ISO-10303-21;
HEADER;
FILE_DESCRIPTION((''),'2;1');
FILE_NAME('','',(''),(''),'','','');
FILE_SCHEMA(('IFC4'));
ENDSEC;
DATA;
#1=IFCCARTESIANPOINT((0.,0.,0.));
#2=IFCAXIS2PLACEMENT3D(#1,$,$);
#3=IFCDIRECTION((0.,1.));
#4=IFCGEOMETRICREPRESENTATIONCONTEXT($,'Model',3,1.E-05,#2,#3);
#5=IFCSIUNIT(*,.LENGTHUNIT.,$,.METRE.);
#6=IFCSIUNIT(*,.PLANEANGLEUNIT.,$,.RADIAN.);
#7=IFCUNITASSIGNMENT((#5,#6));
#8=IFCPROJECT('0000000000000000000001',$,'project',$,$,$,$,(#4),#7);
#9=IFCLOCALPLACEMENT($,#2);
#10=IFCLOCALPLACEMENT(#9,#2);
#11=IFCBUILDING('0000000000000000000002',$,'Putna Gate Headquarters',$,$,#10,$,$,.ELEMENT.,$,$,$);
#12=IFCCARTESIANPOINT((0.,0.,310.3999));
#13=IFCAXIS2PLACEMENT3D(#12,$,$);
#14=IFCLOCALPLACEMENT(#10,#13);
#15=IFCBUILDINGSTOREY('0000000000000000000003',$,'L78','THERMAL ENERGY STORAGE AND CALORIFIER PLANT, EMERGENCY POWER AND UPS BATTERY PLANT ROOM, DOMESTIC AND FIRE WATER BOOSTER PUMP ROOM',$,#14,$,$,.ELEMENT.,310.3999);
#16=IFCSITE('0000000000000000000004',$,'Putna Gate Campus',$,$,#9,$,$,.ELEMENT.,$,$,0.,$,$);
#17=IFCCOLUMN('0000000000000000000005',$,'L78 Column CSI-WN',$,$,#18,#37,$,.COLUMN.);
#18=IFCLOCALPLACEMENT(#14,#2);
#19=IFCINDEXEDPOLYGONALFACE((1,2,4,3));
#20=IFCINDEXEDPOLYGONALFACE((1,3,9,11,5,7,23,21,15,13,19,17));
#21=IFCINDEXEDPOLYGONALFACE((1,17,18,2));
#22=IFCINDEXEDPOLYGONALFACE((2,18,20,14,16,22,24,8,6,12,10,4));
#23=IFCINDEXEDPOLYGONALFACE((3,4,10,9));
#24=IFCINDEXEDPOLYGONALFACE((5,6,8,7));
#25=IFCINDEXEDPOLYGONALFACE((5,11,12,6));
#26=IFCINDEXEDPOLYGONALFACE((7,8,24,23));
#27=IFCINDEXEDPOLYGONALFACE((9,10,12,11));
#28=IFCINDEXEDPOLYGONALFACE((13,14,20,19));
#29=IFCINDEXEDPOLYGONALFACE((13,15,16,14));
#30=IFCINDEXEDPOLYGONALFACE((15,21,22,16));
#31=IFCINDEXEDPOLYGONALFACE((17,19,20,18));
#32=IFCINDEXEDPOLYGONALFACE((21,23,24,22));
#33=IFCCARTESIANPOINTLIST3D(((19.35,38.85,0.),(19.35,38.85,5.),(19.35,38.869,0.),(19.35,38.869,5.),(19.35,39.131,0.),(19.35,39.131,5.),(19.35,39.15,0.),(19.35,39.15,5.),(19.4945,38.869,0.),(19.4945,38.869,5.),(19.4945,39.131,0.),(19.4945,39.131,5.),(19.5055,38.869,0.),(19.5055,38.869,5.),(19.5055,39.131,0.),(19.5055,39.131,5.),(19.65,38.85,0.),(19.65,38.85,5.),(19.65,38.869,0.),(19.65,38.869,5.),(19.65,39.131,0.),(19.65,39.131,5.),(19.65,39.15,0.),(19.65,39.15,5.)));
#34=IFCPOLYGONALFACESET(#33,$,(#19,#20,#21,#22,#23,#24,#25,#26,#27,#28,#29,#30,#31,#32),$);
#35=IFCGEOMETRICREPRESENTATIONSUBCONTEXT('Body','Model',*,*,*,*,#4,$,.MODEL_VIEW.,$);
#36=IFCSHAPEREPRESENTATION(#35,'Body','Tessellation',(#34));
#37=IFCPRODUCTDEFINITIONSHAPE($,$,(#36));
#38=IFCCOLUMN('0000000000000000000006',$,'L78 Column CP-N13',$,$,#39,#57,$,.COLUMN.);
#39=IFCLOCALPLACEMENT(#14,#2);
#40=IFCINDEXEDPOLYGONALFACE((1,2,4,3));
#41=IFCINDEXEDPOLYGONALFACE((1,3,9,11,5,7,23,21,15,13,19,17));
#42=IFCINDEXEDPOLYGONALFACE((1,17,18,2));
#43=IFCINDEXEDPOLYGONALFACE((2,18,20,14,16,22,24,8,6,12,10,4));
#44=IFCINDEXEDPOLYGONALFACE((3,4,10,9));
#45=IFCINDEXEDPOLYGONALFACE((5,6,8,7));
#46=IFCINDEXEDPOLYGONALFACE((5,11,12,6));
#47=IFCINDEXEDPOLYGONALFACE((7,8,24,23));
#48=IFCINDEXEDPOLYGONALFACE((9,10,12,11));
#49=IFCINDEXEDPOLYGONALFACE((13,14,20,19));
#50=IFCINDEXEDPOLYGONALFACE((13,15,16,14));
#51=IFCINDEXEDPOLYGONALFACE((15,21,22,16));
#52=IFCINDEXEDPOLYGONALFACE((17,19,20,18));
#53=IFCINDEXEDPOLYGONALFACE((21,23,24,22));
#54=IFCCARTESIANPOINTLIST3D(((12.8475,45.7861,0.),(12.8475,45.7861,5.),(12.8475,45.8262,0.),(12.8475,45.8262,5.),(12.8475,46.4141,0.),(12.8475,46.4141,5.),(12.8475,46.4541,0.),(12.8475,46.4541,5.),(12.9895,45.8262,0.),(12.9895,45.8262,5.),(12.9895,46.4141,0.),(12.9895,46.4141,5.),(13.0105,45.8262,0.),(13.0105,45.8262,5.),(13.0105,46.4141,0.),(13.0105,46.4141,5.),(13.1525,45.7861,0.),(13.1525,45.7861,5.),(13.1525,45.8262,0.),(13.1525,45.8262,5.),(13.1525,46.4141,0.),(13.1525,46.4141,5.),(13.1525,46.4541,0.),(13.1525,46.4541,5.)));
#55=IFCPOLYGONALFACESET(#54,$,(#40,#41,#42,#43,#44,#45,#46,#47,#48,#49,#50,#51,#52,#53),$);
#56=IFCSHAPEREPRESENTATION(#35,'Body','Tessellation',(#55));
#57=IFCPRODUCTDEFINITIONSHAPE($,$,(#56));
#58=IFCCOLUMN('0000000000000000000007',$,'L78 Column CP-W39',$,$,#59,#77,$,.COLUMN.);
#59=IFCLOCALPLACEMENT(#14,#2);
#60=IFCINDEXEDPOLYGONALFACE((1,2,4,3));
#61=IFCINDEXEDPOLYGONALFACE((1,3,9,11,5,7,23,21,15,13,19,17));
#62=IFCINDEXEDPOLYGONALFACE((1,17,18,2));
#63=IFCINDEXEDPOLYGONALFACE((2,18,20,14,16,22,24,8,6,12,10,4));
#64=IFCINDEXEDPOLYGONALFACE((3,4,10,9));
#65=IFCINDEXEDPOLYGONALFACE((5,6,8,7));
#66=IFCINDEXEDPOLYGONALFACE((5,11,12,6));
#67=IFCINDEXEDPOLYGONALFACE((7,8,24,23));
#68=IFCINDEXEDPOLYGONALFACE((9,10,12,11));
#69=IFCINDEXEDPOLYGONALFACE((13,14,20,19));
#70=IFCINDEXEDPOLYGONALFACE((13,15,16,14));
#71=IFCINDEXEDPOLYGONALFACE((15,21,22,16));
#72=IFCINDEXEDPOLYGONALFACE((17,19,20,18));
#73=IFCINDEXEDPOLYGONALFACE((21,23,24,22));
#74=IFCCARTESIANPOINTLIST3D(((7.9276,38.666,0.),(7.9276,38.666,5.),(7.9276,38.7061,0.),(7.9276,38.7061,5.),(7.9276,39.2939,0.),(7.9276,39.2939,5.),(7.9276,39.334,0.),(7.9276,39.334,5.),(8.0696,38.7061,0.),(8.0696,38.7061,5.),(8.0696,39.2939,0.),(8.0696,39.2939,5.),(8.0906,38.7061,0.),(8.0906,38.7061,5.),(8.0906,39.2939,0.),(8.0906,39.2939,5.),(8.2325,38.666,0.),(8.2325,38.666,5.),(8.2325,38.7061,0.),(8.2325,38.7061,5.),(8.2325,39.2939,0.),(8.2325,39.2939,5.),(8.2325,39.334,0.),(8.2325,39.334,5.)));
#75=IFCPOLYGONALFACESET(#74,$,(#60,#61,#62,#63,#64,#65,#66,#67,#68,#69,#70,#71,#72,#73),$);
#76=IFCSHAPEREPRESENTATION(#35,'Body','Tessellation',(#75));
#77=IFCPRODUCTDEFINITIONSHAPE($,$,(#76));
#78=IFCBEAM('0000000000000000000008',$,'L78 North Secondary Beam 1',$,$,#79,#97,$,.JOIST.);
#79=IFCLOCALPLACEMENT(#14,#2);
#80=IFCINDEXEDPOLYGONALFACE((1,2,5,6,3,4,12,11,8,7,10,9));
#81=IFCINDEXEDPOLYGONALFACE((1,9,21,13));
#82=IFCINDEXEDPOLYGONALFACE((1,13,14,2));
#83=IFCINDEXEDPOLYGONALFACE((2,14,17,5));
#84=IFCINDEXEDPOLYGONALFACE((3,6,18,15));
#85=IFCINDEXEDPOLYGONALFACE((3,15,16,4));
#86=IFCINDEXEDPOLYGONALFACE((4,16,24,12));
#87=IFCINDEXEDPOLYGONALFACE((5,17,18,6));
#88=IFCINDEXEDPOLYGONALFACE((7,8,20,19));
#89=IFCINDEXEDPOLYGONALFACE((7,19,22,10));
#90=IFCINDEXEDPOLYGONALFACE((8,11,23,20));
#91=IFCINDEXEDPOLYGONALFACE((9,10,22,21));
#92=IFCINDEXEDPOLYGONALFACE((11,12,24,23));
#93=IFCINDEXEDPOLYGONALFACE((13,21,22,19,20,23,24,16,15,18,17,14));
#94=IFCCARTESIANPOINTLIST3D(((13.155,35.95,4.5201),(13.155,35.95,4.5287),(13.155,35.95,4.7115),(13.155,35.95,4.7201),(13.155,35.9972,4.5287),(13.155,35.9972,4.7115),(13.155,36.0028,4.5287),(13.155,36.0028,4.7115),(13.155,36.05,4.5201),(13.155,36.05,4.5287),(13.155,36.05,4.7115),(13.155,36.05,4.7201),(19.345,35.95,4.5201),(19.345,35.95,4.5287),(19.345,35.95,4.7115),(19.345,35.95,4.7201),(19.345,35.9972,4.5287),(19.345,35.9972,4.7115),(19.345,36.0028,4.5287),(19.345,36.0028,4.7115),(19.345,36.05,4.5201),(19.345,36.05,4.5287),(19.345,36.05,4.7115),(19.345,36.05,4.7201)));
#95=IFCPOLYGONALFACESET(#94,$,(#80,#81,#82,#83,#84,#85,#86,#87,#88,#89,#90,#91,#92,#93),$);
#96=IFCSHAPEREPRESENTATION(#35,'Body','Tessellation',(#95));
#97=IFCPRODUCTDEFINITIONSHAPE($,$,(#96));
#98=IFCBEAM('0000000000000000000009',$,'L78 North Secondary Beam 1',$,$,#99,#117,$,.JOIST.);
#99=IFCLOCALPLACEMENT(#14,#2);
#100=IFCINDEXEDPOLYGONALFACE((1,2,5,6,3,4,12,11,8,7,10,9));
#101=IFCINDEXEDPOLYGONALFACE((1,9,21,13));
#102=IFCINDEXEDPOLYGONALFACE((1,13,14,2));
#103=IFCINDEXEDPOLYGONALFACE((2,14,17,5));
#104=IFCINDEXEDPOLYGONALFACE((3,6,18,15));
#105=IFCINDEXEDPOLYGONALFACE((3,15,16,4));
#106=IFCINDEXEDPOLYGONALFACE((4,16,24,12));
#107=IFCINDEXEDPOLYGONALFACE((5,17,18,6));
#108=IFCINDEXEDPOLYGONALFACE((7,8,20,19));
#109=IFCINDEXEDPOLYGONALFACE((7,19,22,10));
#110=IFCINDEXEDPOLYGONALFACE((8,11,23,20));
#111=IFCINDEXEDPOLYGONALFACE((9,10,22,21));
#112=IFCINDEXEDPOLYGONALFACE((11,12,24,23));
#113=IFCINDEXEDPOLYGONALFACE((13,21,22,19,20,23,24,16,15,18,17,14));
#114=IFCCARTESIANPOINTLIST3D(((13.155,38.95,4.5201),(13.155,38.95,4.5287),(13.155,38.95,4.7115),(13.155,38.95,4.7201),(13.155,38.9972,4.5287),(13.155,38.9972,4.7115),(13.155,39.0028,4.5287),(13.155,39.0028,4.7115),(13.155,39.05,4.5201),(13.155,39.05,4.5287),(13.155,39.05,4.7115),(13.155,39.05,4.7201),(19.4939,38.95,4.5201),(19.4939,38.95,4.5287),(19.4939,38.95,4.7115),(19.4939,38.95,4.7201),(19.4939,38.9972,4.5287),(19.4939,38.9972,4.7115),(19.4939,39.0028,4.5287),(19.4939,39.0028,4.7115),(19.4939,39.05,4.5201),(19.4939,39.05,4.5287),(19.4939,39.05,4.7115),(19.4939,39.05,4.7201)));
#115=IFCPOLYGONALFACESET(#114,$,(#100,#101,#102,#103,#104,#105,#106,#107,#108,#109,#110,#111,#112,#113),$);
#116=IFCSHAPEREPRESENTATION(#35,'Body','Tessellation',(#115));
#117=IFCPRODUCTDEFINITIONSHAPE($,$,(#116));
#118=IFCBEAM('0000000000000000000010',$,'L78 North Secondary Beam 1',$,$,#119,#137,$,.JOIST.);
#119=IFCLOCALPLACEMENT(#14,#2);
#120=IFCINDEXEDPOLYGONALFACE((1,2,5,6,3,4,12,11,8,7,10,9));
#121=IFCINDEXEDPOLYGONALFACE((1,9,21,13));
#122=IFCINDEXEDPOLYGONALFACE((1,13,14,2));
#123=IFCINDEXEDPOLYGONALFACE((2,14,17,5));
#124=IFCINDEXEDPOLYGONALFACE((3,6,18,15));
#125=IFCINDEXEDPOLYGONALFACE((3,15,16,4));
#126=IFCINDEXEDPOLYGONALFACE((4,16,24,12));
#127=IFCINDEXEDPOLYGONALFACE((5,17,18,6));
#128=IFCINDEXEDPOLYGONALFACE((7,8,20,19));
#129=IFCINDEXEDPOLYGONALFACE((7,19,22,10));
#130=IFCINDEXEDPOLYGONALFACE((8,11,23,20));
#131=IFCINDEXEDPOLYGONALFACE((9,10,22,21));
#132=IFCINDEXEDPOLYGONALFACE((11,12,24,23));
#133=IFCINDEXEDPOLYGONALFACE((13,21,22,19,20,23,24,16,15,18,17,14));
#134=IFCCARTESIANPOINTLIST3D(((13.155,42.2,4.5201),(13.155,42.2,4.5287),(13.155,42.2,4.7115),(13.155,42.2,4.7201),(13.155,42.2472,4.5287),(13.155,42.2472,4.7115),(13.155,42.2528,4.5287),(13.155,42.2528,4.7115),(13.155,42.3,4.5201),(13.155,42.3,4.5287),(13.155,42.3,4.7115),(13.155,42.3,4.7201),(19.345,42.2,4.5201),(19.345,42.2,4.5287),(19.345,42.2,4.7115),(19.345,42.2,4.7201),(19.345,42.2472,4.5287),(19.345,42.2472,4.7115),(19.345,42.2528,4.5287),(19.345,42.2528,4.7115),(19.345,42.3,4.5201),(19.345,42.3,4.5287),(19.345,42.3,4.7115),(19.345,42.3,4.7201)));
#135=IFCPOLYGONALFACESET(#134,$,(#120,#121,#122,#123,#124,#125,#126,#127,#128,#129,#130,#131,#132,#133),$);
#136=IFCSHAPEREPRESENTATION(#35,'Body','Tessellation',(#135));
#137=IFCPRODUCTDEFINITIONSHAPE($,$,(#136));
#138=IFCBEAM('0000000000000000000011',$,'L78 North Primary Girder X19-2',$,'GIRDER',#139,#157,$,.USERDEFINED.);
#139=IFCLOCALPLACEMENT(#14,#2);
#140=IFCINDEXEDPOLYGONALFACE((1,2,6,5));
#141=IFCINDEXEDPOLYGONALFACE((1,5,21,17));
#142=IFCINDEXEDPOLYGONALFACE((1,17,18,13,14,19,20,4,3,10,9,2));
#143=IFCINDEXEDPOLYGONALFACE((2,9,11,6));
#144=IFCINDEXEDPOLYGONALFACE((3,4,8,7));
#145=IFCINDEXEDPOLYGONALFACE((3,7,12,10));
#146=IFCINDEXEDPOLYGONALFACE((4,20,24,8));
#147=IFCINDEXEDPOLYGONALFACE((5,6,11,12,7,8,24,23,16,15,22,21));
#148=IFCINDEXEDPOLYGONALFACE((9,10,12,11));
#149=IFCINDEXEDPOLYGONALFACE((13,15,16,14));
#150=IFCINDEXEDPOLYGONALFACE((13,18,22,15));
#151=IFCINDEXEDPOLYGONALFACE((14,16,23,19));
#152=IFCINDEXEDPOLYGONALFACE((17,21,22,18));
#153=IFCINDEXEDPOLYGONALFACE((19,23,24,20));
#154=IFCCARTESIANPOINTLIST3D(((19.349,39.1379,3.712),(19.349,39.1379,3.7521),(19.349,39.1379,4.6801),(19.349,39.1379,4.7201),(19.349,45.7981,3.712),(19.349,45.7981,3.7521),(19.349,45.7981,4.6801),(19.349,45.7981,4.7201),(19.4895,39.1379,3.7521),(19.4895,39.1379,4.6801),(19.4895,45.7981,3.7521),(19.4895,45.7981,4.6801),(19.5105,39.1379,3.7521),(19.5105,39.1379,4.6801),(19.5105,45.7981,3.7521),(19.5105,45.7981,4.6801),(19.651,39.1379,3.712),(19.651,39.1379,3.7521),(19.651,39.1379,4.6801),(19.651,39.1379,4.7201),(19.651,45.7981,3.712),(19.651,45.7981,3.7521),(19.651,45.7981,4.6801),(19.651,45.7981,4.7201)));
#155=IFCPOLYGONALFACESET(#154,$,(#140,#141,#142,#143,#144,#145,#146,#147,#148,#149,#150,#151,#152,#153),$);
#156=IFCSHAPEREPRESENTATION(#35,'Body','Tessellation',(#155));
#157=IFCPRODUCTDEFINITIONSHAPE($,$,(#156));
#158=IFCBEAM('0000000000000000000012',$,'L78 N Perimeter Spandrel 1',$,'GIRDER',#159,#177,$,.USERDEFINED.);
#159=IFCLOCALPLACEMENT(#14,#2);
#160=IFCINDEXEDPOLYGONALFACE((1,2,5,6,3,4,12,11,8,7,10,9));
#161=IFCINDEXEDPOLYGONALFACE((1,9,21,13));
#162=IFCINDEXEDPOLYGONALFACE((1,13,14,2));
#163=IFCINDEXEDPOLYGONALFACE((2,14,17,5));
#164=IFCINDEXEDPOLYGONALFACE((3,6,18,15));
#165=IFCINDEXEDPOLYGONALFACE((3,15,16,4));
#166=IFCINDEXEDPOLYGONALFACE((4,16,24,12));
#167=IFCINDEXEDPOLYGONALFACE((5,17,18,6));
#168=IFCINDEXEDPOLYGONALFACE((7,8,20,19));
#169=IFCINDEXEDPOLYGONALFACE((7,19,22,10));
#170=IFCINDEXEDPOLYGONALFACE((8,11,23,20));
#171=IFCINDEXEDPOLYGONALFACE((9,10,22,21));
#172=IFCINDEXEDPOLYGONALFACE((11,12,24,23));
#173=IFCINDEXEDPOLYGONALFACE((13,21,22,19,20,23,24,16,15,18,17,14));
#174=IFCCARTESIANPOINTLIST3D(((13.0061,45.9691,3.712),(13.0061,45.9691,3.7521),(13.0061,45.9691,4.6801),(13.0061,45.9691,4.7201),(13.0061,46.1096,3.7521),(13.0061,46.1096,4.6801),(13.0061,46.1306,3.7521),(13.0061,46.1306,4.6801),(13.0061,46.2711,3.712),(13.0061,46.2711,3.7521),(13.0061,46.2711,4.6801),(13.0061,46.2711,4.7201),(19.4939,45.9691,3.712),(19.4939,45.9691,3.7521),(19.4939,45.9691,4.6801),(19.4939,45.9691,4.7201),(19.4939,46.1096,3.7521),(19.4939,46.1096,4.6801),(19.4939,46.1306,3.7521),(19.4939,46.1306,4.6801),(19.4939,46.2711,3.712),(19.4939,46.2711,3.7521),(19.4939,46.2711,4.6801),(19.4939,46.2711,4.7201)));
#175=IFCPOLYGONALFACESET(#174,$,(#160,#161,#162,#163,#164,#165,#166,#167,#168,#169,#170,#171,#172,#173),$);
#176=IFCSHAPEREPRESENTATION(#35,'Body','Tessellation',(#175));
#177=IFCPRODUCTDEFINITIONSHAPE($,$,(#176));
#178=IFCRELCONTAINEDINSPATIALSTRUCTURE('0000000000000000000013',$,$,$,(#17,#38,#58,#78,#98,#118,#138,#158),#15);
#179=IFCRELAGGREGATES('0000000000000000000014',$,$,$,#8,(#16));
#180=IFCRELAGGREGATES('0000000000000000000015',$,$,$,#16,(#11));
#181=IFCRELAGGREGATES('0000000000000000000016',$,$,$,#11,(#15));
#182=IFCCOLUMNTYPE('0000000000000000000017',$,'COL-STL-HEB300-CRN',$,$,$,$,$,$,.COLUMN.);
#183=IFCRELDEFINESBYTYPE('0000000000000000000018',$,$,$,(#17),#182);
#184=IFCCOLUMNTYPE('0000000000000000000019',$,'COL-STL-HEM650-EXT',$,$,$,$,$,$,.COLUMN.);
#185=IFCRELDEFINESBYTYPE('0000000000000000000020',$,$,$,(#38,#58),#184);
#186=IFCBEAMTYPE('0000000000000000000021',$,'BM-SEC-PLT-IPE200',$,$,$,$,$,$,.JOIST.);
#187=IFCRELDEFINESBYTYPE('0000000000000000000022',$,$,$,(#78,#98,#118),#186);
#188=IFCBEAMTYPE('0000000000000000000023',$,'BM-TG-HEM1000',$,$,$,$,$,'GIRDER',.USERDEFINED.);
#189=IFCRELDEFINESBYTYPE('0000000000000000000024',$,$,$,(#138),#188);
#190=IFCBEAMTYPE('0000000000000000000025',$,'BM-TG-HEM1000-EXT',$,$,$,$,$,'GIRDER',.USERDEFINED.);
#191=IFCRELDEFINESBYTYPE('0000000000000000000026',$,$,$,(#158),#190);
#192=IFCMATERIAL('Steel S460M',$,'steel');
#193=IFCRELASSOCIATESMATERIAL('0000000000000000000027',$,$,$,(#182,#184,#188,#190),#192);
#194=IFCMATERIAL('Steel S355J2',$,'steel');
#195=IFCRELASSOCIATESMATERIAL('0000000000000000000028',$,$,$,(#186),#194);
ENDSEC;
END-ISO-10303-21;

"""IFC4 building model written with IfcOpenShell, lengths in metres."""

from ifc_helpers import new_model, si_unit, direction, frame, origin, origin_2d, place, context, subcontext, project, spatial, i_section, extrude, material, material_profile, profile_set, type_object, element, save


model = new_model("IFC4")

# Units and contexts
model_context = context("Model", 3, precision=1e-05, world=origin(), true_north=direction((0.0, 1.0)))
body_context = subcontext(model_context, "Body", "Model", "MODEL_VIEW")
ifc_project = project(units=[si_unit("LENGTHUNIT", "METRE"), si_unit("PLANEANGLEUNIT", "RADIAN")], contexts=[model_context])

# Site, building, storey
site_placement = place(None, origin())
site = spatial("IfcSite", under=ifc_project, at=site_placement, Name="Putna Gate Campus", CompositionType="ELEMENT", RefElevation=0.0)
building_placement = place(site_placement, origin())
building = spatial("IfcBuilding", under=site, at=building_placement, Name="Putna Gate Headquarters", CompositionType="ELEMENT")
storey_placement = place(building_placement, frame((0.0, 0.0, 310.3999)))
storey = spatial("IfcBuildingStorey", under=building, at=storey_placement, Name="L78", Description="THERMAL ENERGY STORAGE AND CALORIFIER PLANT, EMERGENCY POWER AND UPS BATTERY PLANT ROOM, DOMESTIC AND FIRE WATER BOOSTER PUMP ROOM", CompositionType="ELEMENT", Elevation=310.3999)

# Columns
ifc_material_1 = material(Name="Steel S460M", Category="steel")
ifc_material_profile_1 = material_profile(ifc_material_1, i_section(OverallWidth=0.3, OverallDepth=0.3, WebThickness=0.011, FlangeThickness=0.019, at=origin_2d()), Name="Steel S460M")
ifc_profile_set_1 = profile_set([ifc_material_profile_1], Name="Steel S460M")
column_type_1 = type_object("IfcColumnType", Name="COL-STL-HEB300-CRN", PredefinedType="COLUMN", material=ifc_profile_set_1)
column_placement = place(storey_placement, frame((19.5, 39.0, 0.0), z_axis=(0.0, 0.0, 1.0), x_axis=(1.0, 0.0, 0.0)))
element("IfcColumn", 1, at=column_placement, inside=storey, type_object=column_type_1, Name="L78 Column CSI-WN", PredefinedType="COLUMN", context=body_context, shape_type="SweptSolid", body=[
    extrude(i_section(OverallWidth=0.3, OverallDepth=0.3, WebThickness=0.011, FlangeThickness=0.019, at=origin_2d()), origin(), (0.0, 0.0, 1.0), 5.0),
])
ifc_material_profile_2 = material_profile(ifc_material_1, i_section(OverallWidth=0.3049, OverallDepth=0.668, WebThickness=0.021, FlangeThickness=0.04, at=origin_2d()), Name="Steel S460M")
ifc_profile_set_2 = profile_set([ifc_material_profile_2], Name="Steel S460M")
column_type_2 = type_object("IfcColumnType", Name="COL-STL-HEM650-EXT", PredefinedType="COLUMN", material=ifc_profile_set_2)
for number, where, z_axis, x_axis, name in (
    (2, (13.0, 46.1201, 0.0), (0.0, 0.0, 1.0), (1.0, 0.0, 0.0), "L78 Column CP-N13"),
    (3, (8.0801, 39.0, 0.0), (0.0, 0.0, 1.0), (1.0, 0.0, 0.0), "L78 Column CP-W39"),
):
    element("IfcColumn", number, at=place(storey_placement, frame(where, z_axis=z_axis, x_axis=x_axis)), inside=storey, type_object=column_type_2, Name=name, PredefinedType="COLUMN", context=body_context, shape_type="SweptSolid", body=[
        extrude(i_section(OverallWidth=0.3049, OverallDepth=0.668, WebThickness=0.021, FlangeThickness=0.04, at=origin_2d()), origin(), (0.0, 0.0, 1.0), 5.0),
    ])

# Beams
ifc_material_2 = material(Name="Steel S355J2", Category="steel")
ifc_material_profile_3 = material_profile(ifc_material_2, i_section(OverallWidth=0.1001, OverallDepth=0.2, WebThickness=0.0056, FlangeThickness=0.0085, at=origin_2d()), Name="Steel S355J2")
ifc_profile_set_3 = profile_set([ifc_material_profile_3], Name="Steel S355J2")
beam_type_1 = type_object("IfcBeamType", Name="BM-SEC-PLT-IPE200", PredefinedType="JOIST", material=ifc_profile_set_3)
beam_1_placement = place(storey_placement, frame((13.155, 36.0, 4.6201), z_axis=(1.0, 0.0, 0.0), x_axis=(0.0, 1.0, 0.0)))
element("IfcBeam", 4, at=beam_1_placement, inside=storey, type_object=beam_type_1, Name="L78 North Secondary Beam 1", PredefinedType="JOIST", context=body_context, shape_type="SweptSolid", body=[
    extrude(i_section(OverallWidth=0.1001, OverallDepth=0.2, WebThickness=0.0056, FlangeThickness=0.0085, at=origin_2d()), origin(), (0.0, 0.0, 1.0), 6.1899),
])
beam_2_placement = place(storey_placement, frame((13.155, 39.0, 4.6201), z_axis=(1.0, 0.0, 0.0), x_axis=(0.0, 1.0, 0.0)))
element("IfcBeam", 5, at=beam_2_placement, inside=storey, type_object=beam_type_1, Name="L78 North Secondary Beam 1", PredefinedType="JOIST", context=body_context, shape_type="SweptSolid", body=[
    extrude(i_section(OverallWidth=0.1001, OverallDepth=0.2, WebThickness=0.0056, FlangeThickness=0.0085, at=origin_2d()), origin(), (0.0, 0.0, 1.0), 6.3389),
])
beam_3_placement = place(storey_placement, frame((13.155, 42.25, 4.6201), z_axis=(1.0, 0.0, 0.0), x_axis=(0.0, 1.0, 0.0)))
element("IfcBeam", 6, at=beam_3_placement, inside=storey, type_object=beam_type_1, Name="L78 North Secondary Beam 1", PredefinedType="JOIST", context=body_context, shape_type="SweptSolid", body=[
    extrude(i_section(OverallWidth=0.1001, OverallDepth=0.2, WebThickness=0.0056, FlangeThickness=0.0085, at=origin_2d()), origin(), (0.0, 0.0, 1.0), 6.1899),
])
ifc_material_profile_4 = material_profile(ifc_material_1, i_section(OverallWidth=0.302, OverallDepth=1.0081, WebThickness=0.021, FlangeThickness=0.04, at=origin_2d()), Name="Steel S460M")
ifc_profile_set_4 = profile_set([ifc_material_profile_4], Name="Steel S460M")
beam_type_2 = type_object("IfcBeamType", Name="BM-TG-HEM1000", ElementType="GIRDER", PredefinedType="USERDEFINED", material=ifc_profile_set_4)
beam_4_placement = place(storey_placement, frame((19.5, 39.1379, 4.2161), z_axis=(0.0, 1.0, 0.0), x_axis=(-1.0, 0.0, 0.0)))
element("IfcBeam", 7, at=beam_4_placement, inside=storey, type_object=beam_type_2, Name="L78 North Primary Girder X19-2", ObjectType="GIRDER", PredefinedType="USERDEFINED", context=body_context, shape_type="SweptSolid", body=[
    extrude(i_section(OverallWidth=0.302, OverallDepth=1.0081, WebThickness=0.021, FlangeThickness=0.04, at=origin_2d()), origin(), (0.0, 0.0, 1.0), 6.6602),
])
ifc_material_profile_5 = material_profile(ifc_material_1, i_section(OverallWidth=0.302, OverallDepth=1.0081, WebThickness=0.021, FlangeThickness=0.04, at=origin_2d()), Name="Steel S460M")
ifc_profile_set_5 = profile_set([ifc_material_profile_5], Name="Steel S460M")
beam_type_3 = type_object("IfcBeamType", Name="BM-TG-HEM1000-EXT", ElementType="GIRDER", PredefinedType="USERDEFINED", material=ifc_profile_set_5)
beam_5_placement = place(storey_placement, frame((13.0061, 46.1201, 4.2161), z_axis=(1.0, 0.0, 0.0), x_axis=(0.0, 1.0, 0.0)))
element("IfcBeam", 8, at=beam_5_placement, inside=storey, type_object=beam_type_3, Name="L78 N Perimeter Spandrel 1", ObjectType="GIRDER", PredefinedType="USERDEFINED", context=body_context, shape_type="SweptSolid", body=[
    extrude(i_section(OverallWidth=0.302, OverallDepth=1.0081, WebThickness=0.021, FlangeThickness=0.04, at=origin_2d()), origin(), (0.0, 0.0, 1.0), 6.4878),
])

save(model, "model.ifc")
